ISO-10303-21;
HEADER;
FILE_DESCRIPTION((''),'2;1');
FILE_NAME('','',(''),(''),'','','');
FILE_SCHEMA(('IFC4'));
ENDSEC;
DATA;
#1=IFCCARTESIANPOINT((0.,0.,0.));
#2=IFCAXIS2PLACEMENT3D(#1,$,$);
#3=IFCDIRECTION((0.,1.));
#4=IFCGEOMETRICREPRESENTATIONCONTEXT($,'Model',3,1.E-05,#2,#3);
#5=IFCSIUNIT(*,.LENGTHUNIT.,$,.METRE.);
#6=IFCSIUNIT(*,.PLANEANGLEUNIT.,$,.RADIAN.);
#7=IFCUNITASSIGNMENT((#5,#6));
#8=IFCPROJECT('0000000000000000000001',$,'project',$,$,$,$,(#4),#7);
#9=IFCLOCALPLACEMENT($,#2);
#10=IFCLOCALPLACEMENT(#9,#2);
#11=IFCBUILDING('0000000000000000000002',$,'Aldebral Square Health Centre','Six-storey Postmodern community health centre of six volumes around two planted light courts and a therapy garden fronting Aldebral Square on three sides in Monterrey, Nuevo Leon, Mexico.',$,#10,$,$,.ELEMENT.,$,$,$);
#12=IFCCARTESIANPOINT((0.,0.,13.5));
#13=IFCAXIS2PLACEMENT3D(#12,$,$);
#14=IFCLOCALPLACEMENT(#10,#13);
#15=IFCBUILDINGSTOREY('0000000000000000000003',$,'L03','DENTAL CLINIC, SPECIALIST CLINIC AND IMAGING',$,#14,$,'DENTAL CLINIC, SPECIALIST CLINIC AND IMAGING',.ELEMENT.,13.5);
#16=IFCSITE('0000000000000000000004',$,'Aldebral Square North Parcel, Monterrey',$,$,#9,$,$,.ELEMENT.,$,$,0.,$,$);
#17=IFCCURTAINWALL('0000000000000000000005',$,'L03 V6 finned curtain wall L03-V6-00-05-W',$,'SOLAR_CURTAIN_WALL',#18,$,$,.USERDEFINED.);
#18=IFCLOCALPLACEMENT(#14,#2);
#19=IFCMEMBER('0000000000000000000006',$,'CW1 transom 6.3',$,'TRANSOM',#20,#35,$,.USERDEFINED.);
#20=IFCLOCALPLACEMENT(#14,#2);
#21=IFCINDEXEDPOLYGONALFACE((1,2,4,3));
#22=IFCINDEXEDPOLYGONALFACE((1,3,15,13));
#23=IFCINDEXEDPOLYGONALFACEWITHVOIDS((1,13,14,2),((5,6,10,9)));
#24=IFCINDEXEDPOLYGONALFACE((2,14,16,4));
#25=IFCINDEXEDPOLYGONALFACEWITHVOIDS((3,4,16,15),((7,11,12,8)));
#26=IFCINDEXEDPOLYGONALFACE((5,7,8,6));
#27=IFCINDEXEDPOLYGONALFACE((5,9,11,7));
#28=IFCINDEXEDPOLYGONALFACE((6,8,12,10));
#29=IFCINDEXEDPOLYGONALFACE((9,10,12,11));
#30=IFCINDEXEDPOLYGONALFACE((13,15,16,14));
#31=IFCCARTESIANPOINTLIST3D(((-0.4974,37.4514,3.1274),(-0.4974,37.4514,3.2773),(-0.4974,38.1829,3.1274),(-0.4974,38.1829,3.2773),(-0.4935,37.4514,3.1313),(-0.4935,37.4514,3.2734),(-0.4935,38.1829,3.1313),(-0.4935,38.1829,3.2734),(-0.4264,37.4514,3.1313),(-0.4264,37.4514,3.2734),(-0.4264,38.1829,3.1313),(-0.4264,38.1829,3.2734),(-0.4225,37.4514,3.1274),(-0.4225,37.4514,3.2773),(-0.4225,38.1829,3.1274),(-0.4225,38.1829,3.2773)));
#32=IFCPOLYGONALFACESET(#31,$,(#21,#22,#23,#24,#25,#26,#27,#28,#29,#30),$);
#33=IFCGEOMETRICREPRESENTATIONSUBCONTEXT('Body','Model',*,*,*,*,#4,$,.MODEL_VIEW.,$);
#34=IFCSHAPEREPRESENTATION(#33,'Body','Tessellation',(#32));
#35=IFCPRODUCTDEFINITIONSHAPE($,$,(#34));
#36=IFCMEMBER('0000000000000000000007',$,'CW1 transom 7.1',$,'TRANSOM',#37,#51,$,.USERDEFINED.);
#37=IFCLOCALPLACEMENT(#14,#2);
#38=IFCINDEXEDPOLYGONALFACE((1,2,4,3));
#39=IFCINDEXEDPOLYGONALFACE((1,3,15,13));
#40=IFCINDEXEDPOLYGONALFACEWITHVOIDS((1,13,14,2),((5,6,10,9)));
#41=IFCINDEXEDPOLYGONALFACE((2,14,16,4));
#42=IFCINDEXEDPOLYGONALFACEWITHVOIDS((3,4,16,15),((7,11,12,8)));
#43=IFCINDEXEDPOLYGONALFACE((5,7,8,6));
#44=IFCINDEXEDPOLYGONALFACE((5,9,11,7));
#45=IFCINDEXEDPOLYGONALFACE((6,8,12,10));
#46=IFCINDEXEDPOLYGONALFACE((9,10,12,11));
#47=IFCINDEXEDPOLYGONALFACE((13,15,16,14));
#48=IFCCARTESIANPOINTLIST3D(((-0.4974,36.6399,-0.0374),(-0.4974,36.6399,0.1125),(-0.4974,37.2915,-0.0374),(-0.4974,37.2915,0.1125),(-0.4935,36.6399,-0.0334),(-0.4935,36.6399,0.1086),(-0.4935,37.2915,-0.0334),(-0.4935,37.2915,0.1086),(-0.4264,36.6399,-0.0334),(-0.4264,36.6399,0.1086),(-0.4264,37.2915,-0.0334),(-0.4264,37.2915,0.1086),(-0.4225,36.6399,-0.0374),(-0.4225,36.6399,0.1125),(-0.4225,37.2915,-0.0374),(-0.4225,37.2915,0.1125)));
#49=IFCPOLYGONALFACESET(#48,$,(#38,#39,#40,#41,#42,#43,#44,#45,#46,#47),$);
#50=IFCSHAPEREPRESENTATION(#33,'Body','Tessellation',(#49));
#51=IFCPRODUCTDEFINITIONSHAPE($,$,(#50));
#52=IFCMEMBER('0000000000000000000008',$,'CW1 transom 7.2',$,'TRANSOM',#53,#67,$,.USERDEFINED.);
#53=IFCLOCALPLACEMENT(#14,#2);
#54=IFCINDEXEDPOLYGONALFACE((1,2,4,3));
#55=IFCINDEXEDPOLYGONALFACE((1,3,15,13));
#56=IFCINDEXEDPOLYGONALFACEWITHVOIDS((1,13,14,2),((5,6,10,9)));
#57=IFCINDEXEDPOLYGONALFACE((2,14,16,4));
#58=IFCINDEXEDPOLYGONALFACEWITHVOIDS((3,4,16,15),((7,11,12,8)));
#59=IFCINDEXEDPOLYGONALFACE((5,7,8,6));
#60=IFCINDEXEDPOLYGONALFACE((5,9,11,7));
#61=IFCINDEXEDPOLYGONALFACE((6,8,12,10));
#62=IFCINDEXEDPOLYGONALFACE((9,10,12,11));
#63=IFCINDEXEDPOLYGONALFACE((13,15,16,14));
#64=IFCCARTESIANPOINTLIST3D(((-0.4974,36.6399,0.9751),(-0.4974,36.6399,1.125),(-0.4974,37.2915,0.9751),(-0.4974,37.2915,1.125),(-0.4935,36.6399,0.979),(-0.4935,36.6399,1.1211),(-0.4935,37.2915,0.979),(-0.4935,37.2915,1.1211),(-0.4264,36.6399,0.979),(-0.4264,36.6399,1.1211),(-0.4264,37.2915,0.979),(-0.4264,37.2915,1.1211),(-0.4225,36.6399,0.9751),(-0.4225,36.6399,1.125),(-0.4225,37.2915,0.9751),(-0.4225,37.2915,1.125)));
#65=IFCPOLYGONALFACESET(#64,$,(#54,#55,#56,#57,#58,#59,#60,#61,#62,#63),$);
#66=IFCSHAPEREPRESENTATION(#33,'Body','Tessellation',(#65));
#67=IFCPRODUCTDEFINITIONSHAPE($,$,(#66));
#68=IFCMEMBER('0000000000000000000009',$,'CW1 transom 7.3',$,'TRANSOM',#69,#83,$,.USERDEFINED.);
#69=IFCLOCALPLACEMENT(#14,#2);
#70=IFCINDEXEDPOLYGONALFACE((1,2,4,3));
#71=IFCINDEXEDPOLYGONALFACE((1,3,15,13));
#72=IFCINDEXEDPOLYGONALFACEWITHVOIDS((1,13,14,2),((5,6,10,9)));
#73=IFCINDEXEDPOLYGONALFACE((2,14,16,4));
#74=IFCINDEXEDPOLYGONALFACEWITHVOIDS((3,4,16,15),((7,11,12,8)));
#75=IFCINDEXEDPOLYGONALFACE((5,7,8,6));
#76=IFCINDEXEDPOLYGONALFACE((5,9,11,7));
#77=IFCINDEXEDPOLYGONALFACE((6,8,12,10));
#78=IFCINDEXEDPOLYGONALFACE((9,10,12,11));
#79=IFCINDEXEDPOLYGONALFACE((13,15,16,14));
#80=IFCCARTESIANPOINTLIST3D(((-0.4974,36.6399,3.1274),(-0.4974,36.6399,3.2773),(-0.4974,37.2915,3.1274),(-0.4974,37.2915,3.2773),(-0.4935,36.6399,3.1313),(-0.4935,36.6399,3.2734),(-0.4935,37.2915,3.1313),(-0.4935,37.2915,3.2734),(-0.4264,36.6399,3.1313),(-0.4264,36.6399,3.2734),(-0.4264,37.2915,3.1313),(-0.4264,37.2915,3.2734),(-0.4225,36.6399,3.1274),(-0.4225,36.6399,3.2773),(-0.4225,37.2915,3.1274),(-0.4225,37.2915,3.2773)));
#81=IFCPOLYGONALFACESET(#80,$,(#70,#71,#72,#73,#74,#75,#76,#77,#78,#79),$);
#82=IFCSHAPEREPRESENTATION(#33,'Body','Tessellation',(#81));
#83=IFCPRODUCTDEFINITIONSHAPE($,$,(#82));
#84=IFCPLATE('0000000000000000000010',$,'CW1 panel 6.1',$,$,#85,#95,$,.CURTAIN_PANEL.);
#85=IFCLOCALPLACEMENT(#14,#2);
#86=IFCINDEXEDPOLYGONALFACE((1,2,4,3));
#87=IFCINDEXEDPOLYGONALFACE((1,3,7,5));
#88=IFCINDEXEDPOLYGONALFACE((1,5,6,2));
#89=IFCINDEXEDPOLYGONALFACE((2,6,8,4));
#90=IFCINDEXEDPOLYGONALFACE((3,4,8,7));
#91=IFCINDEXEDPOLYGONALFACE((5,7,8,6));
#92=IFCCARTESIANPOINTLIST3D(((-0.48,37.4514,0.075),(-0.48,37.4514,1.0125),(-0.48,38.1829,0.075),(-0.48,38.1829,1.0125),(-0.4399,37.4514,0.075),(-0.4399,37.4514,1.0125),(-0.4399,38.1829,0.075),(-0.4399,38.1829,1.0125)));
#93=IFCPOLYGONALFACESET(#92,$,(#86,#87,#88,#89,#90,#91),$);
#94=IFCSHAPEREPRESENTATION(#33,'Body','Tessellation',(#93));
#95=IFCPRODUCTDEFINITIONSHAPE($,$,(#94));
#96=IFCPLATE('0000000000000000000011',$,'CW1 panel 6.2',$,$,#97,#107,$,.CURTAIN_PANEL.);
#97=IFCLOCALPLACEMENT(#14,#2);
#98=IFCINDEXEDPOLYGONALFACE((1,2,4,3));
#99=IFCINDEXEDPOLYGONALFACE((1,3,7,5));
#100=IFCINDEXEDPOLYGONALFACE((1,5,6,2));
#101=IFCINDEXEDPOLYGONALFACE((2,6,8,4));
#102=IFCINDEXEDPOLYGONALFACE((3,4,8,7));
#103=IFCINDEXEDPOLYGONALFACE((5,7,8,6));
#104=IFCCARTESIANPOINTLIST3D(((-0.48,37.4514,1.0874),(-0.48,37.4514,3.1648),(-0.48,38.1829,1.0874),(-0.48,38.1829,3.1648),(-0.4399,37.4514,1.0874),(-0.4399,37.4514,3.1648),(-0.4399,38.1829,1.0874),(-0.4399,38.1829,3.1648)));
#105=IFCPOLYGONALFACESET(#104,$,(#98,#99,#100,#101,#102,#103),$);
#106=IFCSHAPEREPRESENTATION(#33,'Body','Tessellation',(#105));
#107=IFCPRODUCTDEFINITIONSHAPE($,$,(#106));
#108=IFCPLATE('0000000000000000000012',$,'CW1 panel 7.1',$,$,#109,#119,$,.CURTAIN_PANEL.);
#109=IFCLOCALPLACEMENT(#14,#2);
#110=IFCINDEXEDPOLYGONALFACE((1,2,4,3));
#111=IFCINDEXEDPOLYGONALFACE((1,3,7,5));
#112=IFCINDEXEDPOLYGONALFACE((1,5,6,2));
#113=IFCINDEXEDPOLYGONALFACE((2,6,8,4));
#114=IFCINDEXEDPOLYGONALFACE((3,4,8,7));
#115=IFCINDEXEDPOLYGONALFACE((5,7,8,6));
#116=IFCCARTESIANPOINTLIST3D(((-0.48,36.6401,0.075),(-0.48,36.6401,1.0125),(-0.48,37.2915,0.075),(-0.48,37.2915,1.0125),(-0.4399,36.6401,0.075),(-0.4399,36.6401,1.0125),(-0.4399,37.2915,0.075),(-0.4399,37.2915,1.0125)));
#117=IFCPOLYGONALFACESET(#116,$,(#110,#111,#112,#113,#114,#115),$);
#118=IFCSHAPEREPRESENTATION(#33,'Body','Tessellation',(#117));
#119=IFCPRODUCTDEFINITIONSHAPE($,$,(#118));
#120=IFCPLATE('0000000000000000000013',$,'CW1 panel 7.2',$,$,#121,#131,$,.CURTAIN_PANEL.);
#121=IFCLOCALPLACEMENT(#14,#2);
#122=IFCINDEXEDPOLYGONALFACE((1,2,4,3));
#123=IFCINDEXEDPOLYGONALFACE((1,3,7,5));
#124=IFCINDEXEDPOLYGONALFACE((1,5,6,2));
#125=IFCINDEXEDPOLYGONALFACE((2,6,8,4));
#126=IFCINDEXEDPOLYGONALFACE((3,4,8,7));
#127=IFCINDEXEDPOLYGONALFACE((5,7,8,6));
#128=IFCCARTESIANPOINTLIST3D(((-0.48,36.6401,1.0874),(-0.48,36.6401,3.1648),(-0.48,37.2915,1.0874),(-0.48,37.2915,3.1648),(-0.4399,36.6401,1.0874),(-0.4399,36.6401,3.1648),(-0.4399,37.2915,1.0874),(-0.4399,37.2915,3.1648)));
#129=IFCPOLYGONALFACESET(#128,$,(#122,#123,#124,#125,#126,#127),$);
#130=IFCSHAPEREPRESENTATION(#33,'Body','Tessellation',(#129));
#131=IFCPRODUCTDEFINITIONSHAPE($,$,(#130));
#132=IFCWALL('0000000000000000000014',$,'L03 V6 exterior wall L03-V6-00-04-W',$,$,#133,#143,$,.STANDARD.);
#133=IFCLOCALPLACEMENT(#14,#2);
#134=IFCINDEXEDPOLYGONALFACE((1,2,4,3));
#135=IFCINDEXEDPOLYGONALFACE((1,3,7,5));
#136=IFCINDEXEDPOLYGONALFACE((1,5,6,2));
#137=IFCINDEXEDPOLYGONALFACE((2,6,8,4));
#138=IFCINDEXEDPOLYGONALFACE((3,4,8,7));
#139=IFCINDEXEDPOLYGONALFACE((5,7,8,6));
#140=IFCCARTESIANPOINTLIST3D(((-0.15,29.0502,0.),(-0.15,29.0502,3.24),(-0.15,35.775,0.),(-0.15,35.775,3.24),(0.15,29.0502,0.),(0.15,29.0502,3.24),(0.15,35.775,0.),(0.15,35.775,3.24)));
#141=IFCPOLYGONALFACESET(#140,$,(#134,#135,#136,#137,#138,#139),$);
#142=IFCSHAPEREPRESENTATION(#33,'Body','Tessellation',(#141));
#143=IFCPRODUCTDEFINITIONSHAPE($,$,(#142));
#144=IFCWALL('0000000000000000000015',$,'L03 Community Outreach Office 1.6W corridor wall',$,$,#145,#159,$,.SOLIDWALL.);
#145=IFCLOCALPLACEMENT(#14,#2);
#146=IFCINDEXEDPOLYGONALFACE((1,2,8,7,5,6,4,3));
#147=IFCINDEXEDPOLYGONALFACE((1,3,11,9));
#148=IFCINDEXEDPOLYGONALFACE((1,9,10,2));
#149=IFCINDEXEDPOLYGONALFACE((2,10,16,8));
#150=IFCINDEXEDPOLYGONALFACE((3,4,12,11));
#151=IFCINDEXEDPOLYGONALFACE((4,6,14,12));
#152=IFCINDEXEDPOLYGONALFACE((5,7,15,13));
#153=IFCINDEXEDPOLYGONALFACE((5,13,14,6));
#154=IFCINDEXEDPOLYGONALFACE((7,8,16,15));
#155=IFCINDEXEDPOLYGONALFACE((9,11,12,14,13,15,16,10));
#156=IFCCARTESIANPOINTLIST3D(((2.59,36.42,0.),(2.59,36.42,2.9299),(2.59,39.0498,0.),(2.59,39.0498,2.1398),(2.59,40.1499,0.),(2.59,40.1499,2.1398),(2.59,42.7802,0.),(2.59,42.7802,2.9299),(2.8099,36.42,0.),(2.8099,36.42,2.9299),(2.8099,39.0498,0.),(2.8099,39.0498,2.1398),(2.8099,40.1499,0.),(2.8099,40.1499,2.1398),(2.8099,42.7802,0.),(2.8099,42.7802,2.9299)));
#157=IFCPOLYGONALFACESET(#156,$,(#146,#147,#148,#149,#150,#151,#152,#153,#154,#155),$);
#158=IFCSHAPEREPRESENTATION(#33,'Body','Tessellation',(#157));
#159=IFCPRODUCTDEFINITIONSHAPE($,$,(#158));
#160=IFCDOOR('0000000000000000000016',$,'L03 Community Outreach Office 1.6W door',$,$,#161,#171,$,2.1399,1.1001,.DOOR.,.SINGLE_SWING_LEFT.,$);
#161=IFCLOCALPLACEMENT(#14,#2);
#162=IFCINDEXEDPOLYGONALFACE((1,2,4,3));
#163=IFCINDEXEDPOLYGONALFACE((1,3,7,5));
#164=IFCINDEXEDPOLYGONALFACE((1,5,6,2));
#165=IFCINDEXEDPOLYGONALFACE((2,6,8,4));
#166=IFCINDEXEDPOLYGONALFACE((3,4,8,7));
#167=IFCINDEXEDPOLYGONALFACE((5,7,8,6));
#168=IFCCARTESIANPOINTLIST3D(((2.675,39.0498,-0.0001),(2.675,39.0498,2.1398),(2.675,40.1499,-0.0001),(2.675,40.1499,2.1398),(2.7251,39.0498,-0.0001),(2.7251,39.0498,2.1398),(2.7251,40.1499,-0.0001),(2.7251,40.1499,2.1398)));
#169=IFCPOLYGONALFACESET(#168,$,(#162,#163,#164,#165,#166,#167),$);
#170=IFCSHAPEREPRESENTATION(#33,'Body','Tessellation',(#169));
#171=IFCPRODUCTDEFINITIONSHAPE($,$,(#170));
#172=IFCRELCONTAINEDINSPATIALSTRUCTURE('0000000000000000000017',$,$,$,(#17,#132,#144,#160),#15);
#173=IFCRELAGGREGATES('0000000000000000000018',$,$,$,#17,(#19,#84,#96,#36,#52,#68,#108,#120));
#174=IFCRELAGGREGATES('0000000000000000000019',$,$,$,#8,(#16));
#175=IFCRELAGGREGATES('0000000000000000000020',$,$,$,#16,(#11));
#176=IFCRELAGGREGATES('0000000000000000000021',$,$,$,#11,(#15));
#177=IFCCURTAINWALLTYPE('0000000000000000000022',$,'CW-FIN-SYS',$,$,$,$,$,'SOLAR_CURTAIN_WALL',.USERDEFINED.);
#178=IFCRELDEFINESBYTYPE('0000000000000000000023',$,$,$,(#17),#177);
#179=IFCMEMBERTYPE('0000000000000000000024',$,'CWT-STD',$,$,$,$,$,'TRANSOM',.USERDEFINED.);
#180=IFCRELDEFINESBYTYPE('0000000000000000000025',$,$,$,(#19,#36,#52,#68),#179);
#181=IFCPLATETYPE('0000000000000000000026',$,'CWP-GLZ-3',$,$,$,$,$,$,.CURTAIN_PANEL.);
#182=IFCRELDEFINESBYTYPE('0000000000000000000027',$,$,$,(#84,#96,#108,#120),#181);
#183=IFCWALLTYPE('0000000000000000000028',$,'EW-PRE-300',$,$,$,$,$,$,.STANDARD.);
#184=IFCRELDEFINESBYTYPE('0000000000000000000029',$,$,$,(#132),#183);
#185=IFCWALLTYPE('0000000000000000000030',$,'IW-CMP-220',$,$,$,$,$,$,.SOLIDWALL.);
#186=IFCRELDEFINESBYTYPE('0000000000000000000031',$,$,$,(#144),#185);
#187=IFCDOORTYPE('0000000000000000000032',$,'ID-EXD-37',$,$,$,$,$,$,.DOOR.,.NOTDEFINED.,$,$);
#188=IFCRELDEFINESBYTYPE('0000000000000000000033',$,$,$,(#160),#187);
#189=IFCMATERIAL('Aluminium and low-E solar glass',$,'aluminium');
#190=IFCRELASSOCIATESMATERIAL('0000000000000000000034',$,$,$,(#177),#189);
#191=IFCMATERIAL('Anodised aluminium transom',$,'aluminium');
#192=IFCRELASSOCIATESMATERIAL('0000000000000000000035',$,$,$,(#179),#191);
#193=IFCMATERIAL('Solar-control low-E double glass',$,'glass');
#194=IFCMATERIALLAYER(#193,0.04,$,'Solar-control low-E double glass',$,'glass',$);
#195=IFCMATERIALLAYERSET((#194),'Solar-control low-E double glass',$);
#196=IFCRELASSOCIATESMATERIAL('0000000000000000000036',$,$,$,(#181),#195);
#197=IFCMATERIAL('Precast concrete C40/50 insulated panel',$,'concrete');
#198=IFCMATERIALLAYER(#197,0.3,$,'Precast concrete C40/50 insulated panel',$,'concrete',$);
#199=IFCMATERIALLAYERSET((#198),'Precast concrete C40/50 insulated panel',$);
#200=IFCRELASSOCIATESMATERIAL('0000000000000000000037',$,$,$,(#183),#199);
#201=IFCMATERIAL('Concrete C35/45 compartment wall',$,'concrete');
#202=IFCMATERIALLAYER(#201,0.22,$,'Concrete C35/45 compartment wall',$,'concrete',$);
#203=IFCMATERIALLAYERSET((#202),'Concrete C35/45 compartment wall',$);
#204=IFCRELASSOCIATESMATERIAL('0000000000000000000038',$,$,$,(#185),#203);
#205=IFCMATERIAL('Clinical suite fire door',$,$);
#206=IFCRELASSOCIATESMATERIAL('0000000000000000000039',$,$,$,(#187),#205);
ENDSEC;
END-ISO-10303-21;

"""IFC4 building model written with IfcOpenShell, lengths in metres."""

from ifc_helpers import new_model, si_unit, direction, frame, frame_2d, origin, origin_2d, place, context, subcontext, project, spatial, rectangle, hollow_rectangle, extrude, material, layer, layer_set, material_profile, profile_set, type_object, element, fill, aggregate, save


model = new_model("IFC4")

# Units and contexts
model_context = context("Model", 3, precision=1e-05, world=origin(), true_north=direction((0.0, 1.0)))
body_context = subcontext(model_context, "Body", "Model", "MODEL_VIEW")
ifc_project = project(units=[si_unit("LENGTHUNIT", "METRE"), si_unit("PLANEANGLEUNIT", "RADIAN")], contexts=[model_context])

# Site, building, storey
site_placement = place(None, origin())
site = spatial("IfcSite", under=ifc_project, at=site_placement, Name="Aldebral Square North Parcel, Monterrey", CompositionType="ELEMENT", RefElevation=0.0)
building_placement = place(site_placement, origin())
building = spatial("IfcBuilding", under=site, at=building_placement, Name="Aldebral Square Health Centre", Description="Six-storey Postmodern community health centre of six volumes around two planted light courts and a therapy garden fronting Aldebral Square on three sides in Monterrey, Nuevo Leon, Mexico.", CompositionType="ELEMENT")
storey_placement = place(building_placement, frame((0.0, 0.0, 13.5)))
storey = spatial("IfcBuildingStorey", under=building, at=storey_placement, Name="L03", Description="DENTAL CLINIC, SPECIALIST CLINIC AND IMAGING", LongName="DENTAL CLINIC, SPECIALIST CLINIC AND IMAGING", CompositionType="ELEMENT", Elevation=13.5)

# Curtain wall, members, plates
ifc_material_1 = material(Name="Aluminium and low-E solar glass", Category="aluminium")
curtain_wall_type = type_object("IfcCurtainWallType", Name="CW-FIN-SYS", ElementType="SOLAR_CURTAIN_WALL", PredefinedType="USERDEFINED", material=ifc_material_1)
curtain_wall_placement = place(storey_placement, origin())
curtain_wall = element("IfcCurtainWall", 1, at=curtain_wall_placement, inside=storey, type_object=curtain_wall_type, Name="L03 V6 finned curtain wall L03-V6-00-05-W", ObjectType="SOLAR_CURTAIN_WALL", PredefinedType="USERDEFINED")
ifc_material_2 = material(Name="Anodised aluminium transom", Category="aluminium")
ifc_material_profile_1 = material_profile(ifc_material_2, hollow_rectangle(XDim=0.075, YDim=0.1499, WallThickness=0.0039, at=origin_2d()), Name="CWT 75x150x4")
ifc_profile_set_1 = profile_set([ifc_material_profile_1], Name="Anodised aluminium transom")
member_type_1 = type_object("IfcMemberType", Name="CWT-STD", ElementType="TRANSOM", PredefinedType="USERDEFINED", material=ifc_profile_set_1)
member_1_placement = place(storey_placement, frame((-0.46, 38.1829, 3.2024), z_axis=(0.0, -1.0, 0.0), x_axis=(1.0, 0.0, 0.0)))
member_1 = element("IfcMember", 2, at=member_1_placement, type_object=member_type_1, Name="CW1 transom 6.3", ObjectType="TRANSOM", PredefinedType="USERDEFINED", context=body_context, shape_type="SweptSolid", body=[
    extrude(hollow_rectangle(XDim=0.075, YDim=0.1499, WallThickness=0.0039, at=origin_2d()), origin(), (0.0, 0.0, 1.0), 0.7314),
])
member_2_placement = place(storey_placement, frame((-0.46, 37.2915, 0.0376), z_axis=(0.0, -1.0, 0.0), x_axis=(1.0, 0.0, 0.0)))
member_2 = element("IfcMember", 3, at=member_2_placement, type_object=member_type_1, Name="CW1 transom 7.1", ObjectType="TRANSOM", PredefinedType="USERDEFINED", context=body_context, shape_type="SweptSolid", body=[
    extrude(hollow_rectangle(XDim=0.075, YDim=0.1499, WallThickness=0.0039, at=origin_2d()), origin(), (0.0, 0.0, 1.0), 0.6516),
])
member_3_placement = place(storey_placement, frame((-0.46, 37.2915, 1.05), z_axis=(0.0, -1.0, 0.0), x_axis=(1.0, 0.0, 0.0)))
member_3 = element("IfcMember", 4, at=member_3_placement, type_object=member_type_1, Name="CW1 transom 7.2", ObjectType="TRANSOM", PredefinedType="USERDEFINED", context=body_context, shape_type="SweptSolid", body=[
    extrude(hollow_rectangle(XDim=0.075, YDim=0.1499, WallThickness=0.0039, at=origin_2d()), origin(), (0.0, 0.0, 1.0), 0.6516),
])
member_4_placement = place(storey_placement, frame((-0.46, 37.2915, 3.2024), z_axis=(0.0, -1.0, 0.0), x_axis=(1.0, 0.0, 0.0)))
member_4 = element("IfcMember", 5, at=member_4_placement, type_object=member_type_1, Name="CW1 transom 7.3", ObjectType="TRANSOM", PredefinedType="USERDEFINED", context=body_context, shape_type="SweptSolid", body=[
    extrude(hollow_rectangle(XDim=0.075, YDim=0.1499, WallThickness=0.0039, at=origin_2d()), origin(), (0.0, 0.0, 1.0), 0.6516),
])
ifc_material_3 = material(Name="Solar-control low-E double glass", Category="glass")
ifc_layer_1 = layer(ifc_material_3, 0.04, Name="Solar-control low-E double glass", Category="glass")
ifc_layer_set_1 = layer_set([ifc_layer_1], Name="Solar-control low-E double glass")
plate_type = type_object("IfcPlateType", Name="CWP-GLZ-3", PredefinedType="CURTAIN_PANEL", material=ifc_layer_set_1)
plate_1_placement = place(storey_placement, frame((-0.46, 37.8171, 0.075), z_axis=(0.0, 0.0, 1.0), x_axis=(0.0, -1.0, 0.0)))
plate_1 = element("IfcPlate", 6, at=plate_1_placement, type_object=plate_type, Name="CW1 panel 6.1", PredefinedType="CURTAIN_PANEL", context=body_context, shape_type="SweptSolid", body=[
    extrude(rectangle(XDim=0.7314, YDim=0.04, at=origin_2d()), origin(), (0.0, 0.0, 1.0), 0.9375),
])
plate_2_placement = place(storey_placement, frame((-0.46, 37.8171, 1.0874), z_axis=(0.0, 0.0, 1.0), x_axis=(0.0, -1.0, 0.0)))
plate_2 = element("IfcPlate", 7, at=plate_2_placement, type_object=plate_type, Name="CW1 panel 6.2", PredefinedType="CURTAIN_PANEL", context=body_context, shape_type="SweptSolid", body=[
    extrude(rectangle(XDim=0.7314, YDim=0.04, at=origin_2d()), origin(), (0.0, 0.0, 1.0), 2.0774),
])
plate_3_placement = place(storey_placement, frame((-0.46, 36.9658, 0.075), z_axis=(0.0, 0.0, 1.0), x_axis=(0.0, -1.0, 0.0)))
plate_3 = element("IfcPlate", 8, at=plate_3_placement, type_object=plate_type, Name="CW1 panel 7.1", PredefinedType="CURTAIN_PANEL", context=body_context, shape_type="SweptSolid", body=[
    extrude(rectangle(XDim=0.6514, YDim=0.04, at=origin_2d()), origin(), (0.0, 0.0, 1.0), 0.9375),
])
plate_4_placement = place(storey_placement, frame((-0.46, 36.9658, 1.0874), z_axis=(0.0, 0.0, 1.0), x_axis=(0.0, -1.0, 0.0)))
plate_4 = element("IfcPlate", 9, at=plate_4_placement, type_object=plate_type, Name="CW1 panel 7.2", PredefinedType="CURTAIN_PANEL", context=body_context, shape_type="SweptSolid", body=[
    extrude(rectangle(XDim=0.6514, YDim=0.04, at=origin_2d()), origin(), (0.0, 0.0, 1.0), 2.0774),
])
aggregate(curtain_wall, [member_1, plate_1, plate_2, member_2, member_3, member_4, plate_3, plate_4])

# Wall
ifc_material_4 = material(Name="Precast concrete C40/50 insulated panel", Category="concrete")
ifc_layer_2 = layer(ifc_material_4, 0.3, Name="Precast concrete C40/50 insulated panel", Category="concrete")
ifc_layer_set_2 = layer_set([ifc_layer_2], Name="Precast concrete C40/50 insulated panel")
wall_type_1 = type_object("IfcWallType", Name="EW-PRE-300", PredefinedType="STANDARD", material=ifc_layer_set_2)
wall_1_placement = place(storey_placement, frame((0.0, 35.7749, 0.0), z_axis=(0.0, 0.0, 1.0), x_axis=(0.0, -1.0, 0.0)))
element("IfcWall", 10, at=wall_1_placement, inside=storey, type_object=wall_type_1, Name="L03 V6 exterior wall L03-V6-00-04-W", PredefinedType="STANDARD", context=body_context, shape_type="SweptSolid", body=[
    extrude(rectangle(XDim=6.7249, YDim=0.3, at=frame_2d((3.3623, 0.0))), origin(), (0.0, 0.0, 1.0), 3.24),
])

# Wall, opening, door
ifc_material_5 = material(Name="Concrete C35/45 compartment wall", Category="concrete")
ifc_layer_3 = layer(ifc_material_5, 0.22, Name="Concrete C35/45 compartment wall", Category="concrete")
ifc_layer_set_3 = layer_set([ifc_layer_3], Name="Concrete C35/45 compartment wall")
wall_type_2 = type_object("IfcWallType", Name="IW-CMP-220", PredefinedType="SOLIDWALL", material=ifc_layer_set_3)
wall_2_placement = place(storey_placement, frame((2.7, 36.4199, 0.0), z_axis=(0.0, 0.0, 1.0), x_axis=(0.0, 1.0, 0.0)))
wall_2 = element("IfcWall", 11, at=wall_2_placement, inside=storey, type_object=wall_type_2, Name="L03 Community Outreach Office 1.6W corridor wall", PredefinedType="SOLIDWALL", context=body_context, shape_type="SweptSolid", body=[
    extrude(rectangle(XDim=6.3601, YDim=0.22, at=frame_2d((3.1802, 0.0))), origin(), (0.0, 0.0, 1.0), 2.9299),
])
opening_1_placement = place(wall_2_placement, frame((2.6299, 0.0, 0.0)))
opening_1 = element("IfcOpeningElement", 12, at=opening_1_placement, cuts=wall_2, PredefinedType="OPENING", context=body_context, shape_type="SweptSolid", body=[
    extrude(rectangle(XDim=1.1001, YDim=2.1399, at=frame_2d((0.55, 1.0698))), frame((0.0, 0.1201, 0.0), z_axis=(0.0, -1.0, 0.0), x_axis=(1.0, 0.0, 0.0)), (0.0, 0.0, 1.0), 0.24),
])
ifc_material_6 = material(Name="Clinical suite fire door")
door_type_1 = type_object("IfcDoorType", Name="ID-EXD-37", OperationType="NOTDEFINED", PredefinedType="DOOR", material=ifc_material_6)
door_1_placement = place(opening_1_placement, origin())
door_1 = element("IfcDoor", 13, at=door_1_placement, inside=storey, type_object=door_type_1, Name="L03 Community Outreach Office 1.6W door", OperationType="SINGLE_SWING_LEFT", OverallHeight=2.1399, OverallWidth=1.1001, PredefinedType="DOOR", context=body_context, shape_type="SweptSolid", body=[
    extrude(rectangle(XDim=1.1001, YDim=2.1399, at=frame_2d((0.55, 1.0698))), frame((0.0, 0.0249, 0.0), z_axis=(0.0, -1.0, 0.0), x_axis=(1.0, 0.0, 0.0)), (0.0, 0.0, 1.0), 0.05),
])
fill(opening_1, door_1)

save(model, "model.ifc")
